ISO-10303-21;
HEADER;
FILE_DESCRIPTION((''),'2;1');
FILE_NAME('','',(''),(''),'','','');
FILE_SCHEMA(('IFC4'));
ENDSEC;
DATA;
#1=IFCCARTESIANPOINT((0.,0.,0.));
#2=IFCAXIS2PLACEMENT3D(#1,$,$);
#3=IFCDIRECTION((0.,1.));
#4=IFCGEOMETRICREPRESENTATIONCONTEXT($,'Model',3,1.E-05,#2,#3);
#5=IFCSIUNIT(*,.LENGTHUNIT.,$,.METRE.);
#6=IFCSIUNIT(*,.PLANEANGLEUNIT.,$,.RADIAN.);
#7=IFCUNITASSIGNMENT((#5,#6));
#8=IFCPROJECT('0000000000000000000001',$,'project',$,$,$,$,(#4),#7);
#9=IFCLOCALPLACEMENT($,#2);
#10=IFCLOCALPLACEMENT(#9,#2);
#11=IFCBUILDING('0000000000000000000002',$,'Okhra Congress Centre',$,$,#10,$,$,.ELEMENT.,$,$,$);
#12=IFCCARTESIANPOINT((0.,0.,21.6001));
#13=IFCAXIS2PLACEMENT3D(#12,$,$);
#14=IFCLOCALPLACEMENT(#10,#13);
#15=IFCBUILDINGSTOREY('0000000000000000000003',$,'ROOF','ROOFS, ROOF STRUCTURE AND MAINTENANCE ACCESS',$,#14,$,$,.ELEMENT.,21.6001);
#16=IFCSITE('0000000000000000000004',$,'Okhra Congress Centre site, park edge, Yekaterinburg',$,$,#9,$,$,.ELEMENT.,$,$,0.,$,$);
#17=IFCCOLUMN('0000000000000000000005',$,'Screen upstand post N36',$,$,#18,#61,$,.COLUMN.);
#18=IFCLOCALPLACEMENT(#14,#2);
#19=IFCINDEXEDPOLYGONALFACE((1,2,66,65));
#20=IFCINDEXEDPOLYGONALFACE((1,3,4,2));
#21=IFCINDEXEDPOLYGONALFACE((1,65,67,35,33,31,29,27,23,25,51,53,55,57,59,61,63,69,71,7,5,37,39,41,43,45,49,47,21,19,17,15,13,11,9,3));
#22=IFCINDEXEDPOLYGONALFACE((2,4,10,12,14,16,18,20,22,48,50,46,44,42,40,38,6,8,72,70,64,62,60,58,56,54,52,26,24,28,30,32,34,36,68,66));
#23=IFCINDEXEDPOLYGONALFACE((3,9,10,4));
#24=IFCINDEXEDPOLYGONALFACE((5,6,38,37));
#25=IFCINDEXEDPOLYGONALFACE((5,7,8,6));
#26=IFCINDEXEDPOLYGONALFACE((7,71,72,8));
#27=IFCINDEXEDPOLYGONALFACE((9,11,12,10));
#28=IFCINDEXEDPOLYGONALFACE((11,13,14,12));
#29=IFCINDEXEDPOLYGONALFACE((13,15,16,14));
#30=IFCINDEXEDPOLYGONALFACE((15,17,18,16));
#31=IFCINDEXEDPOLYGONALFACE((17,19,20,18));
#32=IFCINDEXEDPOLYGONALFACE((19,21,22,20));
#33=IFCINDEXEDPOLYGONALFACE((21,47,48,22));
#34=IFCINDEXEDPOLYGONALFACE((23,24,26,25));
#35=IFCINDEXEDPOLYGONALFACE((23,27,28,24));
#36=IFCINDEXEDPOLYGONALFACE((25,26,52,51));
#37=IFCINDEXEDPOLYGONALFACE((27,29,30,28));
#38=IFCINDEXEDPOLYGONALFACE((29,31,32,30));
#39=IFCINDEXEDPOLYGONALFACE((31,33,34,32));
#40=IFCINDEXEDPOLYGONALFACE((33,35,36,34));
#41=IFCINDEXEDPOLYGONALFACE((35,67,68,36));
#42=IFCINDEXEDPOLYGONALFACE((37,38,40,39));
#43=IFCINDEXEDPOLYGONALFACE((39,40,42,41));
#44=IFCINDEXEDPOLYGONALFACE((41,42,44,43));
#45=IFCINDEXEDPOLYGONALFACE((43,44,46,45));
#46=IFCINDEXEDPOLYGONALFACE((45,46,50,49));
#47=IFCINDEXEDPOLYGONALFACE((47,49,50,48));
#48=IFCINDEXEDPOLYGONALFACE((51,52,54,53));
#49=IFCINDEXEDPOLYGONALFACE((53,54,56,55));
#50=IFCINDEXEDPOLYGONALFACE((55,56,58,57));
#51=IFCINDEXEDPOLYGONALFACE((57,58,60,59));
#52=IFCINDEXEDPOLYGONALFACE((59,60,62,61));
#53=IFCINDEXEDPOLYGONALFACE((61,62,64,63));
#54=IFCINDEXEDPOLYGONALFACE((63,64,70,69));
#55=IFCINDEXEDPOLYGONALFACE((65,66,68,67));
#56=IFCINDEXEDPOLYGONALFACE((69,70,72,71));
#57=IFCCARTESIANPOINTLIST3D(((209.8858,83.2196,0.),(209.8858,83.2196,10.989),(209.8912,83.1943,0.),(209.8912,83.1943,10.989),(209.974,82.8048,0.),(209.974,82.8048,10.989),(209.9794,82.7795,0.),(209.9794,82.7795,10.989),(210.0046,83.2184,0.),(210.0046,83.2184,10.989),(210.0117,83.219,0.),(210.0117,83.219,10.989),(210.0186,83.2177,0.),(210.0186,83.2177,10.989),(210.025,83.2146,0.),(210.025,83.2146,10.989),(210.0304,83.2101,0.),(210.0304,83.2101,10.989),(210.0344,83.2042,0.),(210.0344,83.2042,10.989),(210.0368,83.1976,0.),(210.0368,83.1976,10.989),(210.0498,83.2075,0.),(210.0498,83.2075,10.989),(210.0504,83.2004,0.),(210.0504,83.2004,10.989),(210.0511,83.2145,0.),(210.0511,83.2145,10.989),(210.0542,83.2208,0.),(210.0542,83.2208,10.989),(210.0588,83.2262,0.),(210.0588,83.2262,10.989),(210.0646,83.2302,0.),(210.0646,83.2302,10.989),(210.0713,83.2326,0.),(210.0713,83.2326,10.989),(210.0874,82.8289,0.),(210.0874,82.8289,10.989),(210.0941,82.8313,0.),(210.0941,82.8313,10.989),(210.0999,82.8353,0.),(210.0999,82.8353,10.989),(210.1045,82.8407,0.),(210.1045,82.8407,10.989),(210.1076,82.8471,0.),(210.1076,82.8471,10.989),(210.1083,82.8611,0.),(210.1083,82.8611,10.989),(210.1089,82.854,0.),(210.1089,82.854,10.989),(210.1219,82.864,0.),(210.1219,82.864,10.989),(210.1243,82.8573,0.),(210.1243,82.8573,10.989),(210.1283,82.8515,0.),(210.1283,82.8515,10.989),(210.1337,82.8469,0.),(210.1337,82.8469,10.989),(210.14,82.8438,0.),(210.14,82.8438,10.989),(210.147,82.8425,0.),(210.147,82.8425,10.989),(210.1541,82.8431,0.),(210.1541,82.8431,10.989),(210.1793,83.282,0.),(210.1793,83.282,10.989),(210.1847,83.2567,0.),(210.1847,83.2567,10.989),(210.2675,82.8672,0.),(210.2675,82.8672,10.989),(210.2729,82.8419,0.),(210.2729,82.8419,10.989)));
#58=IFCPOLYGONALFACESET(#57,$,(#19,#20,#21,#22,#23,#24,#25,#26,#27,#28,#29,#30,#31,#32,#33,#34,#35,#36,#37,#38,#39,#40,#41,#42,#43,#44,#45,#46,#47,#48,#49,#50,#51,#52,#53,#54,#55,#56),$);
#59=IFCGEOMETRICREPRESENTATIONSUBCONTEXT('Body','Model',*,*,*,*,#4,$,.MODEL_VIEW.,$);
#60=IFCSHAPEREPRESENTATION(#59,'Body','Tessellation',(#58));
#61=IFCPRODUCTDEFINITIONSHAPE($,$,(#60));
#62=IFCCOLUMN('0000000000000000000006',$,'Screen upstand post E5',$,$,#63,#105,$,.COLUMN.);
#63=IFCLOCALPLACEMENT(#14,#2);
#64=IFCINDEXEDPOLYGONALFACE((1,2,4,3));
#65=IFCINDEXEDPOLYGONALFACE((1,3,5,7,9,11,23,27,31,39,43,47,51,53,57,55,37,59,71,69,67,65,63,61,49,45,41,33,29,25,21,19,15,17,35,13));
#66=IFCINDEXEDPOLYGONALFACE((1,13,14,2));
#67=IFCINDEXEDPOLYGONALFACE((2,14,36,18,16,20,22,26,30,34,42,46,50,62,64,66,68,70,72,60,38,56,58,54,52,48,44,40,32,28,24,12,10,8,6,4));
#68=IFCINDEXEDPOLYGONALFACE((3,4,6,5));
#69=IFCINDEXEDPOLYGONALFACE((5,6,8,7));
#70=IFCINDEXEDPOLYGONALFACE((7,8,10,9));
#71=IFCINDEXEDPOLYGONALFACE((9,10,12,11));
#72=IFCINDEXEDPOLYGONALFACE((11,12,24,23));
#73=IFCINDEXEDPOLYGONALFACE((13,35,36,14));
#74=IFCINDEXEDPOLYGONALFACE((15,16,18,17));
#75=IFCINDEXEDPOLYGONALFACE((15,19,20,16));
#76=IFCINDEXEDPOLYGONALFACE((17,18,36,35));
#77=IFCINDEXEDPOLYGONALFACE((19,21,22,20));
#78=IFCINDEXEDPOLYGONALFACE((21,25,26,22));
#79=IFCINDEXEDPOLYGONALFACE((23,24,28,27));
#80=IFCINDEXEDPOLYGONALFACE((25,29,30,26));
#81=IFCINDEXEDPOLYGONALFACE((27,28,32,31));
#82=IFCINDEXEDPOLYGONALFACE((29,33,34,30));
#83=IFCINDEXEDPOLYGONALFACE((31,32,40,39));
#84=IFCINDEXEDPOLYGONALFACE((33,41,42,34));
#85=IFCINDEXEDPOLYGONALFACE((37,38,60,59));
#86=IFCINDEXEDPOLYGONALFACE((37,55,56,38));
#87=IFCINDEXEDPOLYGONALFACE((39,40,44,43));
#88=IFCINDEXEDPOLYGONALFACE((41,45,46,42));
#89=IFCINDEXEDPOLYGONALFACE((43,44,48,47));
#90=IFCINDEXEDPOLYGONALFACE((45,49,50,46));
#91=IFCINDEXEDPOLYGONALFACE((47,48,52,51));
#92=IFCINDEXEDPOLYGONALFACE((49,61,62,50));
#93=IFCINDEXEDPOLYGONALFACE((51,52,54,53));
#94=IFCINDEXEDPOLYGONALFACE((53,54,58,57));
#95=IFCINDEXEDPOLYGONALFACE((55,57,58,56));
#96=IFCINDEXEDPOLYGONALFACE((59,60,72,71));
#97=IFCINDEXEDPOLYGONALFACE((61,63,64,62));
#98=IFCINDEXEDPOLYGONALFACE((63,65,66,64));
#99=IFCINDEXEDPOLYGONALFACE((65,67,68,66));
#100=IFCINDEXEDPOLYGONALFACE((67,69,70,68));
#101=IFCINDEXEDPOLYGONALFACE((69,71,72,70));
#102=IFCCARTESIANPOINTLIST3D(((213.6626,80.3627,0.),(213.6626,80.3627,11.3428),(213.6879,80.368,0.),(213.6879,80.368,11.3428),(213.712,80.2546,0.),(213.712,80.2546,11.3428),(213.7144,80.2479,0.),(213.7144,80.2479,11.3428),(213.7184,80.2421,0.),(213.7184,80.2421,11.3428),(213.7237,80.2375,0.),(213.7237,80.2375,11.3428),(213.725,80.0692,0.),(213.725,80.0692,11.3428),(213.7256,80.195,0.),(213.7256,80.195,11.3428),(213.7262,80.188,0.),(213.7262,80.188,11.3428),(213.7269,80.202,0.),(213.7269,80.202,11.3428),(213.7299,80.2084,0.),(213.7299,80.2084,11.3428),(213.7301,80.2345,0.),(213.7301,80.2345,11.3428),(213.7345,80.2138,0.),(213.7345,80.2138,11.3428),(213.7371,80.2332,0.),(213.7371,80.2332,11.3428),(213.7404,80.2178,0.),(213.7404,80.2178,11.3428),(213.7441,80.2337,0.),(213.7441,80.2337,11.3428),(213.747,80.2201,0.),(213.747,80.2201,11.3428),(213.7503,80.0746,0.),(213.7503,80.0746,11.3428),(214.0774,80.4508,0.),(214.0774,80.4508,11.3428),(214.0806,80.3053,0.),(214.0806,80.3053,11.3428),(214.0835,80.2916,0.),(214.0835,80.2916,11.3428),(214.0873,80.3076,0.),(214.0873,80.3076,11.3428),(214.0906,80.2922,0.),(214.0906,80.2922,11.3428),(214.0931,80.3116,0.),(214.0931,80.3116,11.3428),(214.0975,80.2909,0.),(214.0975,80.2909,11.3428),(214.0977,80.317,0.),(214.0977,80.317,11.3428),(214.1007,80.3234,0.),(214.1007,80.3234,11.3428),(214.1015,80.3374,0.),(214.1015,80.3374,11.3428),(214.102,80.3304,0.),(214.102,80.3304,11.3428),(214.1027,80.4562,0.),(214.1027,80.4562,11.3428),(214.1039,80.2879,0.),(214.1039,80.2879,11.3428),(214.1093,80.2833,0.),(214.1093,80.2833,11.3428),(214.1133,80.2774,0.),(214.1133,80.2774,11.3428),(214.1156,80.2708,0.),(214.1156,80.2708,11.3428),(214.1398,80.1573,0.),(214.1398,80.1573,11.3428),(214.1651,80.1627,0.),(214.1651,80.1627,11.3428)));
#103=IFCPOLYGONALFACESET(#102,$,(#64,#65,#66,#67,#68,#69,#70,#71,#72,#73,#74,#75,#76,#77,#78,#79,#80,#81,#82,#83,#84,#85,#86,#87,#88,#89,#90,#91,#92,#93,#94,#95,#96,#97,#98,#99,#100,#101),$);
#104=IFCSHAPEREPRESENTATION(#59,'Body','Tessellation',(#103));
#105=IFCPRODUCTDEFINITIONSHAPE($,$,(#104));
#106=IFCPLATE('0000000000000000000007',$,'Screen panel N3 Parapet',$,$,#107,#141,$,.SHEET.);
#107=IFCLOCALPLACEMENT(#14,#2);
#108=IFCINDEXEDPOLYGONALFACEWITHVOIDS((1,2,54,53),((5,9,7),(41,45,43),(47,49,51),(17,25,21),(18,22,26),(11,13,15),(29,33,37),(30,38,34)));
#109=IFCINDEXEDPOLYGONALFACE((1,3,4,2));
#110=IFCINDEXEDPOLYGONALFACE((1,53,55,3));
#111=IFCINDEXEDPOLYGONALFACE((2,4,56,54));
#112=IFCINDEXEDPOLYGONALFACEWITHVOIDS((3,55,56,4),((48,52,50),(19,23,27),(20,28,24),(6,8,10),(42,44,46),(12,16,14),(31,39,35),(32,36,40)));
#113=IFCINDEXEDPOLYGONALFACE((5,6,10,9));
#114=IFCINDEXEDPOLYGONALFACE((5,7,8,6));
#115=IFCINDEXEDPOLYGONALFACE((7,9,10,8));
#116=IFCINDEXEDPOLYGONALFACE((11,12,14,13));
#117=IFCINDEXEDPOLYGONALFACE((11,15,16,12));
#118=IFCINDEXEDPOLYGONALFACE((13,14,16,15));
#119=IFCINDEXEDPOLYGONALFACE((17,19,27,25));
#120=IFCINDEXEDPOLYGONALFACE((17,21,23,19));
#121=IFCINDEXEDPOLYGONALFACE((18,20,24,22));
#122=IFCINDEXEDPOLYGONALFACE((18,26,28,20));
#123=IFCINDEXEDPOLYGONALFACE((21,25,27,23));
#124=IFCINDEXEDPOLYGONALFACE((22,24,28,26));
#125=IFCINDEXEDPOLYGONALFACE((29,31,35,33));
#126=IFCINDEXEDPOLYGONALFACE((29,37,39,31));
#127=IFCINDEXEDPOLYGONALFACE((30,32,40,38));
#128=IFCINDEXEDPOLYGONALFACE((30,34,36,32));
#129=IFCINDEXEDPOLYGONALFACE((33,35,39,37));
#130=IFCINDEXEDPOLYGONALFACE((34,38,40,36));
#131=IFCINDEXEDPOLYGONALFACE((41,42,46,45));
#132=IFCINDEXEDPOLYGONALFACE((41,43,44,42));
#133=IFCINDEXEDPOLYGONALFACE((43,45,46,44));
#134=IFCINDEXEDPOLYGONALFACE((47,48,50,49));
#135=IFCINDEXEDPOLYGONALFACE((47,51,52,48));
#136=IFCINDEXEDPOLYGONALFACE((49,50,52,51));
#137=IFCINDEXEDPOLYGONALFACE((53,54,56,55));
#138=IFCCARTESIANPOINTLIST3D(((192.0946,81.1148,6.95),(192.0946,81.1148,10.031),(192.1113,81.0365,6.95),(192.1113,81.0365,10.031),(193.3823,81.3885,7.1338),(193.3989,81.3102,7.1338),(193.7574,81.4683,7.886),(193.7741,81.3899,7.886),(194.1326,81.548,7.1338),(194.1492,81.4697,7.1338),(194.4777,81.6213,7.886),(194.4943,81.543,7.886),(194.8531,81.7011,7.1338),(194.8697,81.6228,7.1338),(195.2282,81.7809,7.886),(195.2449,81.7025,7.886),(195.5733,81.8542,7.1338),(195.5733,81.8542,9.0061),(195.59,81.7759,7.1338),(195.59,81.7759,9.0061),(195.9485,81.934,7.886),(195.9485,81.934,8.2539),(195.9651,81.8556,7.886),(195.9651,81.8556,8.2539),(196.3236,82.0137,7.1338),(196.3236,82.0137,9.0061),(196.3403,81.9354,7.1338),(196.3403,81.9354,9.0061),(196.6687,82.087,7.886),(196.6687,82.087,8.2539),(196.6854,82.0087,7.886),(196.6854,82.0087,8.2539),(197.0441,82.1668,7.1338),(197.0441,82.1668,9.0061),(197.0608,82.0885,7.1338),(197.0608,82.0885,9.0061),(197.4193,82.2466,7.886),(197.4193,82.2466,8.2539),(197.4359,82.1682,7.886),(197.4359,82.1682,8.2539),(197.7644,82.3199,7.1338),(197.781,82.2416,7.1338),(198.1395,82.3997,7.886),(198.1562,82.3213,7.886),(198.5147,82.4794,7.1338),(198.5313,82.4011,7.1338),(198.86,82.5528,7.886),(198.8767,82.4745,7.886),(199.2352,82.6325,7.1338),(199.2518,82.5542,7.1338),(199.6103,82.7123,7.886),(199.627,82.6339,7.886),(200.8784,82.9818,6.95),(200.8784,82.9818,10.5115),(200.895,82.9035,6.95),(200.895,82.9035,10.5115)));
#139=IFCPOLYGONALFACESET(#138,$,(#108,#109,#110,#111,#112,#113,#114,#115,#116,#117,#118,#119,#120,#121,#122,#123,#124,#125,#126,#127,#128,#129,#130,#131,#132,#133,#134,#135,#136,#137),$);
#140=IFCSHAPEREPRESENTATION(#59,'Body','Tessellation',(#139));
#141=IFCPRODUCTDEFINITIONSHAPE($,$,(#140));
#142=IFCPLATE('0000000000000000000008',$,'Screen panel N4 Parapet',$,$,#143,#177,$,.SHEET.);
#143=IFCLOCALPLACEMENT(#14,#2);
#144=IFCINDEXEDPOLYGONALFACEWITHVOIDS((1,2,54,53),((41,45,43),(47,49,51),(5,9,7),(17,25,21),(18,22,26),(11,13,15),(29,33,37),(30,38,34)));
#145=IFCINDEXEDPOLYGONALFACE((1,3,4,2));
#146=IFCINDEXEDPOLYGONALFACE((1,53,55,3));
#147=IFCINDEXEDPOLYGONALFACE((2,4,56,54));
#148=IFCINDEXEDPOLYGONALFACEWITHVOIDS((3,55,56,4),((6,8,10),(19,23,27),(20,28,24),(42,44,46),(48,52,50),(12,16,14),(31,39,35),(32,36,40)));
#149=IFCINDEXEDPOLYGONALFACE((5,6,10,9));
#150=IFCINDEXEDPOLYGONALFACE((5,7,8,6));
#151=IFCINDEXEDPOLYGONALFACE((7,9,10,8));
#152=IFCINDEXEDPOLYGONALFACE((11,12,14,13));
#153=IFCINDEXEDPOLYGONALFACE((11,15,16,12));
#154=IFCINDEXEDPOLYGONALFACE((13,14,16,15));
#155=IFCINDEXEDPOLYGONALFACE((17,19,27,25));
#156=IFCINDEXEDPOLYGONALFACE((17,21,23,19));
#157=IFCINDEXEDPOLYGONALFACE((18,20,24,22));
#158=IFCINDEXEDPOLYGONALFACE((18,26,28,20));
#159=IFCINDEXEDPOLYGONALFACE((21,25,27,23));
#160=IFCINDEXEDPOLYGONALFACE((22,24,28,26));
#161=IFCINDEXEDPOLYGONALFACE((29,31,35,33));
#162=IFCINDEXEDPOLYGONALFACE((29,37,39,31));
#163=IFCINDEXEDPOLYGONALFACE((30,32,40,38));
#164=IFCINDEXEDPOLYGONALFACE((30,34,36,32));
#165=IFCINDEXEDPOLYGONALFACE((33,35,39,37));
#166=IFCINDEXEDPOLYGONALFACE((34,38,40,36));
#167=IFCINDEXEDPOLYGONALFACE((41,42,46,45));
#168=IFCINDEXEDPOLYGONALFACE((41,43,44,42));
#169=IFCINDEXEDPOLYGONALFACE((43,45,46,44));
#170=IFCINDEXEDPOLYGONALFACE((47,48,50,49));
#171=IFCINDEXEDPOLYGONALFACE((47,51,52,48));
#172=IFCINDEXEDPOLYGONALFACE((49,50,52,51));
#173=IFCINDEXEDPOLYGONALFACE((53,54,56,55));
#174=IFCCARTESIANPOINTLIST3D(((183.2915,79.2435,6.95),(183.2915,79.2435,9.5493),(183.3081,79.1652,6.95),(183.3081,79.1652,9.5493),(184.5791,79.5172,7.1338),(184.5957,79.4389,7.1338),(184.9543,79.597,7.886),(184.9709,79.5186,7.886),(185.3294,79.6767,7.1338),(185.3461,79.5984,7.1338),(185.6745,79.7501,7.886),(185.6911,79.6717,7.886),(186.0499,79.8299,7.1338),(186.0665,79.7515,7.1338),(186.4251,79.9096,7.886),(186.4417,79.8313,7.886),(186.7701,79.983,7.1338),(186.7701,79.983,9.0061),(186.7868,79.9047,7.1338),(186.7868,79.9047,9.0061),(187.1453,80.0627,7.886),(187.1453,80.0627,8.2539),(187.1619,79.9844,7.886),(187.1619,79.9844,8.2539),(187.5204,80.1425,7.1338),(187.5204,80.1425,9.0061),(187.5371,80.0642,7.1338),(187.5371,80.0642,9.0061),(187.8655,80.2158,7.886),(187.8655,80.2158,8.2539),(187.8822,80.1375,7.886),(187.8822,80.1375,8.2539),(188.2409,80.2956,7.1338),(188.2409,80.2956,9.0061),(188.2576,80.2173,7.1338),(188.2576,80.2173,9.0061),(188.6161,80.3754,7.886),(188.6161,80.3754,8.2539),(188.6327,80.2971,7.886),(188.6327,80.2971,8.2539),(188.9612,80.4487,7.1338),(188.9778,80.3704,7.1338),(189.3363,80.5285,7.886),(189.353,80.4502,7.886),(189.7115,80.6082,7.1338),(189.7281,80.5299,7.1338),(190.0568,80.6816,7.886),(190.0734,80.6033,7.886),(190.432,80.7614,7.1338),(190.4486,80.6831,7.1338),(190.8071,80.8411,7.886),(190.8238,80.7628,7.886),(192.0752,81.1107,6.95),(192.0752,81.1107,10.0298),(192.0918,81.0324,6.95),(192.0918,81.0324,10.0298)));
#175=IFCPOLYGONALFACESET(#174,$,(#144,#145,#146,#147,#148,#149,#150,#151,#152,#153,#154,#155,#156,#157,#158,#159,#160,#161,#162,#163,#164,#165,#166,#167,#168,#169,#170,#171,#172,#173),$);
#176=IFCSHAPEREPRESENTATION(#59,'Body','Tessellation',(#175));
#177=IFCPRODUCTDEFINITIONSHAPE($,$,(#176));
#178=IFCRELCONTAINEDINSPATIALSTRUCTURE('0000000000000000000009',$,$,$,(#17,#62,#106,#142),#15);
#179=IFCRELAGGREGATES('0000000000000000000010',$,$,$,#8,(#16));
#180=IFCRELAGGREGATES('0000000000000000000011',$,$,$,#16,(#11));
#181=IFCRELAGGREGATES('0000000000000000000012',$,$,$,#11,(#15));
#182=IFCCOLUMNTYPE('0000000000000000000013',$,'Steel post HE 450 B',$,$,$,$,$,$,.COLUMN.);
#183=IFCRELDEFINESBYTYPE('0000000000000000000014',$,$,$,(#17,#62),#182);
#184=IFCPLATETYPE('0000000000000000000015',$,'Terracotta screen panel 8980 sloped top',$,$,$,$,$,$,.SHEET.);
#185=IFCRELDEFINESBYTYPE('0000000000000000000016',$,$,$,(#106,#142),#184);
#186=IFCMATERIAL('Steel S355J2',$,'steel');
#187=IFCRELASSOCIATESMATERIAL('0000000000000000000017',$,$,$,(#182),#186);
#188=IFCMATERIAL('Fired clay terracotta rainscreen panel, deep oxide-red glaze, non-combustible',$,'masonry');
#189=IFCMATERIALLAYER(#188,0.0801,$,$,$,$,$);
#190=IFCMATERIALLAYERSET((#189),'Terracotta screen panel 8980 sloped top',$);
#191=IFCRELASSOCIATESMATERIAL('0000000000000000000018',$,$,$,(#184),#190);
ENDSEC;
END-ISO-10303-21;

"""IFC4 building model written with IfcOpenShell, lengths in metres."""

from ifc_helpers import new_model, si_unit, direction, frame, origin, origin_2d, place, context, subcontext, project, spatial, polyline, i_section, outline, extrude, material, layer, layer_set, material_profile, profile_set, type_object, element, save


model = new_model("IFC4")

# Units and contexts
model_context = context("Model", 3, precision=1e-05, world=origin(), true_north=direction((0.0, 1.0)))
body_context = subcontext(model_context, "Body", "Model", "MODEL_VIEW")
ifc_project = project(units=[si_unit("LENGTHUNIT", "METRE"), si_unit("PLANEANGLEUNIT", "RADIAN")], contexts=[model_context])

# Site, building, storey
site_placement = place(None, origin())
site = spatial("IfcSite", under=ifc_project, at=site_placement, Name="Okhra Congress Centre site, park edge, Yekaterinburg", CompositionType="ELEMENT", RefElevation=0.0)
building_placement = place(site_placement, origin())
building = spatial("IfcBuilding", under=site, at=building_placement, Name="Okhra Congress Centre", CompositionType="ELEMENT")
storey_placement = place(building_placement, frame((0.0, 0.0, 21.6001)))
storey = spatial("IfcBuildingStorey", under=building, at=storey_placement, Name="ROOF", Description="ROOFS, ROOF STRUCTURE AND MAINTENANCE ACCESS", CompositionType="ELEMENT", Elevation=21.6001)

# Columns
ifc_material_1 = material(Name="Steel S355J2", Category="steel")
ifc_material_profile_1 = material_profile(ifc_material_1, i_section(OverallWidth=0.3, OverallDepth=0.45, WebThickness=0.0139, FlangeThickness=0.0259, FilletRadius=0.0271, at=origin_2d()), Name="HE 450 B")
ifc_profile_set_1 = profile_set([ifc_material_profile_1], Name="Steel S355J2")
column_type = type_object("IfcColumnType", Name="Steel post HE 450 B", PredefinedType="COLUMN", material=ifc_profile_set_1)
column_1_placement = place(storey_placement, frame((210.0793, 83.0308, 0.0), z_axis=(0.0, 0.0, 1.0), x_axis=(0.978148, 0.207912, 0.0)))
element("IfcColumn", 1, at=column_1_placement, inside=storey, type_object=column_type, Name="Screen upstand post N36", PredefinedType="COLUMN", context=body_context, shape_type="SweptSolid", body=[
    extrude(i_section(OverallWidth=0.3, OverallDepth=0.45, WebThickness=0.0139, FlangeThickness=0.0259, FilletRadius=0.0271, at=origin_2d()), origin(), (0.0, 0.0, 1.0), 10.989),
])
column_2_placement = place(storey_placement, frame((213.9138, 80.2627, 0.0), z_axis=(0.0, 0.0, 1.0), x_axis=(-0.207912, 0.978148, 0.0)))
element("IfcColumn", 2, at=column_2_placement, inside=storey, type_object=column_type, Name="Screen upstand post E5", PredefinedType="COLUMN", context=body_context, shape_type="SweptSolid", body=[
    extrude(i_section(OverallWidth=0.3, OverallDepth=0.45, WebThickness=0.0139, FlangeThickness=0.0259, FilletRadius=0.0271, at=origin_2d()), origin(), (0.0, 0.0, 1.0), 11.3428),
])

# Plates
ifc_material_2 = material(Name="Fired clay terracotta rainscreen panel, deep oxide-red glaze, non-combustible", Category="masonry")
ifc_layer_1 = layer(ifc_material_2, 0.0801)
ifc_layer_set_1 = layer_set([ifc_layer_1], Name="Terracotta screen panel 8980 sloped top")
plate_type_1 = type_object("IfcPlateType", Name="Terracotta screen panel 8980 sloped top", PredefinedType="SHEET", material=ifc_layer_set_1)
plate_1_placement = place(storey_placement, frame((200.8867, 82.9426, 6.95), z_axis=(0.0, 0.0, 1.0), x_axis=(-0.97815, -0.207902, 0.0)))
element("IfcPlate", 3, at=plate_1_placement, inside=storey, type_object=plate_type_1, Name="Screen panel N3 Parapet", PredefinedType="SHEET", context=body_context, shape_type="SweptSolid", body=[
    extrude(outline(polyline([(0.0, 0.0), (8.98, 0.0), (8.98, 3.0811), (0.0, 3.5615), (0.0, 0.0)]), holes=[polyline([(1.2964, 0.936), (1.6799, 0.1838), (2.0635, 0.936), (1.2964, 0.936)]), polyline([(2.4165, 0.1838), (3.1836, 0.1838), (2.8, 0.936), (2.4165, 0.1838)]), polyline([(3.5364, 0.936), (3.9199, 0.1838), (4.3037, 0.936), (3.5364, 0.936)]), polyline([(4.6565, 0.1838), (5.4236, 0.1838), (5.04, 0.936), (4.6565, 0.1838)]), polyline([(5.7764, 0.936), (6.1599, 0.1838), (6.5437, 0.936), (5.7764, 0.936)]), polyline([(6.8965, 0.1838), (7.6636, 0.1838), (7.28, 0.936), (6.8965, 0.1838)]), polyline([(3.5364, 1.304), (4.3037, 1.304), (3.9199, 2.0562), (3.5364, 1.304)]), polyline([(4.6565, 2.0562), (5.04, 1.304), (5.4236, 2.0562), (4.6565, 2.0562)])]), frame((0.0, 0.04, 0.0), z_axis=(0.0, -1.0, 0.0), x_axis=(1.0, 0.0, 0.0)), (0.0, 0.0, 1.0), 0.0801),
])
plate_2_placement = place(storey_placement, frame((192.0835, 81.0715, 6.95), z_axis=(0.0, 0.0, 1.0), x_axis=(-0.978144, -0.207928, 0.0)))
element("IfcPlate", 4, at=plate_2_placement, inside=storey, type_object=plate_type_1, Name="Screen panel N4 Parapet", PredefinedType="SHEET", context=body_context, shape_type="SweptSolid", body=[
    extrude(outline(polyline([(0.0, 0.0), (8.98, 0.0), (8.98, 2.5994), (0.0, 3.0798), (0.0, 0.0)]), holes=[polyline([(1.2964, 0.936), (1.6799, 0.1838), (2.0635, 0.936), (1.2964, 0.936)]), polyline([(2.4165, 0.1838), (3.1836, 0.1838), (2.8, 0.936), (2.4165, 0.1838)]), polyline([(3.5364, 0.936), (3.9199, 0.1838), (4.3037, 0.936), (3.5364, 0.936)]), polyline([(4.6565, 0.1838), (5.4236, 0.1838), (5.04, 0.936), (4.6565, 0.1838)]), polyline([(5.7764, 0.936), (6.1599, 0.1838), (6.5437, 0.936), (5.7764, 0.936)]), polyline([(6.8965, 0.1838), (7.6636, 0.1838), (7.28, 0.936), (6.8965, 0.1838)]), polyline([(3.5364, 1.304), (4.3037, 1.304), (3.9199, 2.0562), (3.5364, 1.304)]), polyline([(4.6565, 2.0562), (5.04, 1.304), (5.4236, 2.0562), (4.6565, 2.0562)])]), frame((0.0, 0.04, 0.0), z_axis=(0.0, -1.0, 0.0), x_axis=(1.0, 0.0, 0.0)), (0.0, 0.0, 1.0), 0.0801),
])

save(model, "model.ifc")
